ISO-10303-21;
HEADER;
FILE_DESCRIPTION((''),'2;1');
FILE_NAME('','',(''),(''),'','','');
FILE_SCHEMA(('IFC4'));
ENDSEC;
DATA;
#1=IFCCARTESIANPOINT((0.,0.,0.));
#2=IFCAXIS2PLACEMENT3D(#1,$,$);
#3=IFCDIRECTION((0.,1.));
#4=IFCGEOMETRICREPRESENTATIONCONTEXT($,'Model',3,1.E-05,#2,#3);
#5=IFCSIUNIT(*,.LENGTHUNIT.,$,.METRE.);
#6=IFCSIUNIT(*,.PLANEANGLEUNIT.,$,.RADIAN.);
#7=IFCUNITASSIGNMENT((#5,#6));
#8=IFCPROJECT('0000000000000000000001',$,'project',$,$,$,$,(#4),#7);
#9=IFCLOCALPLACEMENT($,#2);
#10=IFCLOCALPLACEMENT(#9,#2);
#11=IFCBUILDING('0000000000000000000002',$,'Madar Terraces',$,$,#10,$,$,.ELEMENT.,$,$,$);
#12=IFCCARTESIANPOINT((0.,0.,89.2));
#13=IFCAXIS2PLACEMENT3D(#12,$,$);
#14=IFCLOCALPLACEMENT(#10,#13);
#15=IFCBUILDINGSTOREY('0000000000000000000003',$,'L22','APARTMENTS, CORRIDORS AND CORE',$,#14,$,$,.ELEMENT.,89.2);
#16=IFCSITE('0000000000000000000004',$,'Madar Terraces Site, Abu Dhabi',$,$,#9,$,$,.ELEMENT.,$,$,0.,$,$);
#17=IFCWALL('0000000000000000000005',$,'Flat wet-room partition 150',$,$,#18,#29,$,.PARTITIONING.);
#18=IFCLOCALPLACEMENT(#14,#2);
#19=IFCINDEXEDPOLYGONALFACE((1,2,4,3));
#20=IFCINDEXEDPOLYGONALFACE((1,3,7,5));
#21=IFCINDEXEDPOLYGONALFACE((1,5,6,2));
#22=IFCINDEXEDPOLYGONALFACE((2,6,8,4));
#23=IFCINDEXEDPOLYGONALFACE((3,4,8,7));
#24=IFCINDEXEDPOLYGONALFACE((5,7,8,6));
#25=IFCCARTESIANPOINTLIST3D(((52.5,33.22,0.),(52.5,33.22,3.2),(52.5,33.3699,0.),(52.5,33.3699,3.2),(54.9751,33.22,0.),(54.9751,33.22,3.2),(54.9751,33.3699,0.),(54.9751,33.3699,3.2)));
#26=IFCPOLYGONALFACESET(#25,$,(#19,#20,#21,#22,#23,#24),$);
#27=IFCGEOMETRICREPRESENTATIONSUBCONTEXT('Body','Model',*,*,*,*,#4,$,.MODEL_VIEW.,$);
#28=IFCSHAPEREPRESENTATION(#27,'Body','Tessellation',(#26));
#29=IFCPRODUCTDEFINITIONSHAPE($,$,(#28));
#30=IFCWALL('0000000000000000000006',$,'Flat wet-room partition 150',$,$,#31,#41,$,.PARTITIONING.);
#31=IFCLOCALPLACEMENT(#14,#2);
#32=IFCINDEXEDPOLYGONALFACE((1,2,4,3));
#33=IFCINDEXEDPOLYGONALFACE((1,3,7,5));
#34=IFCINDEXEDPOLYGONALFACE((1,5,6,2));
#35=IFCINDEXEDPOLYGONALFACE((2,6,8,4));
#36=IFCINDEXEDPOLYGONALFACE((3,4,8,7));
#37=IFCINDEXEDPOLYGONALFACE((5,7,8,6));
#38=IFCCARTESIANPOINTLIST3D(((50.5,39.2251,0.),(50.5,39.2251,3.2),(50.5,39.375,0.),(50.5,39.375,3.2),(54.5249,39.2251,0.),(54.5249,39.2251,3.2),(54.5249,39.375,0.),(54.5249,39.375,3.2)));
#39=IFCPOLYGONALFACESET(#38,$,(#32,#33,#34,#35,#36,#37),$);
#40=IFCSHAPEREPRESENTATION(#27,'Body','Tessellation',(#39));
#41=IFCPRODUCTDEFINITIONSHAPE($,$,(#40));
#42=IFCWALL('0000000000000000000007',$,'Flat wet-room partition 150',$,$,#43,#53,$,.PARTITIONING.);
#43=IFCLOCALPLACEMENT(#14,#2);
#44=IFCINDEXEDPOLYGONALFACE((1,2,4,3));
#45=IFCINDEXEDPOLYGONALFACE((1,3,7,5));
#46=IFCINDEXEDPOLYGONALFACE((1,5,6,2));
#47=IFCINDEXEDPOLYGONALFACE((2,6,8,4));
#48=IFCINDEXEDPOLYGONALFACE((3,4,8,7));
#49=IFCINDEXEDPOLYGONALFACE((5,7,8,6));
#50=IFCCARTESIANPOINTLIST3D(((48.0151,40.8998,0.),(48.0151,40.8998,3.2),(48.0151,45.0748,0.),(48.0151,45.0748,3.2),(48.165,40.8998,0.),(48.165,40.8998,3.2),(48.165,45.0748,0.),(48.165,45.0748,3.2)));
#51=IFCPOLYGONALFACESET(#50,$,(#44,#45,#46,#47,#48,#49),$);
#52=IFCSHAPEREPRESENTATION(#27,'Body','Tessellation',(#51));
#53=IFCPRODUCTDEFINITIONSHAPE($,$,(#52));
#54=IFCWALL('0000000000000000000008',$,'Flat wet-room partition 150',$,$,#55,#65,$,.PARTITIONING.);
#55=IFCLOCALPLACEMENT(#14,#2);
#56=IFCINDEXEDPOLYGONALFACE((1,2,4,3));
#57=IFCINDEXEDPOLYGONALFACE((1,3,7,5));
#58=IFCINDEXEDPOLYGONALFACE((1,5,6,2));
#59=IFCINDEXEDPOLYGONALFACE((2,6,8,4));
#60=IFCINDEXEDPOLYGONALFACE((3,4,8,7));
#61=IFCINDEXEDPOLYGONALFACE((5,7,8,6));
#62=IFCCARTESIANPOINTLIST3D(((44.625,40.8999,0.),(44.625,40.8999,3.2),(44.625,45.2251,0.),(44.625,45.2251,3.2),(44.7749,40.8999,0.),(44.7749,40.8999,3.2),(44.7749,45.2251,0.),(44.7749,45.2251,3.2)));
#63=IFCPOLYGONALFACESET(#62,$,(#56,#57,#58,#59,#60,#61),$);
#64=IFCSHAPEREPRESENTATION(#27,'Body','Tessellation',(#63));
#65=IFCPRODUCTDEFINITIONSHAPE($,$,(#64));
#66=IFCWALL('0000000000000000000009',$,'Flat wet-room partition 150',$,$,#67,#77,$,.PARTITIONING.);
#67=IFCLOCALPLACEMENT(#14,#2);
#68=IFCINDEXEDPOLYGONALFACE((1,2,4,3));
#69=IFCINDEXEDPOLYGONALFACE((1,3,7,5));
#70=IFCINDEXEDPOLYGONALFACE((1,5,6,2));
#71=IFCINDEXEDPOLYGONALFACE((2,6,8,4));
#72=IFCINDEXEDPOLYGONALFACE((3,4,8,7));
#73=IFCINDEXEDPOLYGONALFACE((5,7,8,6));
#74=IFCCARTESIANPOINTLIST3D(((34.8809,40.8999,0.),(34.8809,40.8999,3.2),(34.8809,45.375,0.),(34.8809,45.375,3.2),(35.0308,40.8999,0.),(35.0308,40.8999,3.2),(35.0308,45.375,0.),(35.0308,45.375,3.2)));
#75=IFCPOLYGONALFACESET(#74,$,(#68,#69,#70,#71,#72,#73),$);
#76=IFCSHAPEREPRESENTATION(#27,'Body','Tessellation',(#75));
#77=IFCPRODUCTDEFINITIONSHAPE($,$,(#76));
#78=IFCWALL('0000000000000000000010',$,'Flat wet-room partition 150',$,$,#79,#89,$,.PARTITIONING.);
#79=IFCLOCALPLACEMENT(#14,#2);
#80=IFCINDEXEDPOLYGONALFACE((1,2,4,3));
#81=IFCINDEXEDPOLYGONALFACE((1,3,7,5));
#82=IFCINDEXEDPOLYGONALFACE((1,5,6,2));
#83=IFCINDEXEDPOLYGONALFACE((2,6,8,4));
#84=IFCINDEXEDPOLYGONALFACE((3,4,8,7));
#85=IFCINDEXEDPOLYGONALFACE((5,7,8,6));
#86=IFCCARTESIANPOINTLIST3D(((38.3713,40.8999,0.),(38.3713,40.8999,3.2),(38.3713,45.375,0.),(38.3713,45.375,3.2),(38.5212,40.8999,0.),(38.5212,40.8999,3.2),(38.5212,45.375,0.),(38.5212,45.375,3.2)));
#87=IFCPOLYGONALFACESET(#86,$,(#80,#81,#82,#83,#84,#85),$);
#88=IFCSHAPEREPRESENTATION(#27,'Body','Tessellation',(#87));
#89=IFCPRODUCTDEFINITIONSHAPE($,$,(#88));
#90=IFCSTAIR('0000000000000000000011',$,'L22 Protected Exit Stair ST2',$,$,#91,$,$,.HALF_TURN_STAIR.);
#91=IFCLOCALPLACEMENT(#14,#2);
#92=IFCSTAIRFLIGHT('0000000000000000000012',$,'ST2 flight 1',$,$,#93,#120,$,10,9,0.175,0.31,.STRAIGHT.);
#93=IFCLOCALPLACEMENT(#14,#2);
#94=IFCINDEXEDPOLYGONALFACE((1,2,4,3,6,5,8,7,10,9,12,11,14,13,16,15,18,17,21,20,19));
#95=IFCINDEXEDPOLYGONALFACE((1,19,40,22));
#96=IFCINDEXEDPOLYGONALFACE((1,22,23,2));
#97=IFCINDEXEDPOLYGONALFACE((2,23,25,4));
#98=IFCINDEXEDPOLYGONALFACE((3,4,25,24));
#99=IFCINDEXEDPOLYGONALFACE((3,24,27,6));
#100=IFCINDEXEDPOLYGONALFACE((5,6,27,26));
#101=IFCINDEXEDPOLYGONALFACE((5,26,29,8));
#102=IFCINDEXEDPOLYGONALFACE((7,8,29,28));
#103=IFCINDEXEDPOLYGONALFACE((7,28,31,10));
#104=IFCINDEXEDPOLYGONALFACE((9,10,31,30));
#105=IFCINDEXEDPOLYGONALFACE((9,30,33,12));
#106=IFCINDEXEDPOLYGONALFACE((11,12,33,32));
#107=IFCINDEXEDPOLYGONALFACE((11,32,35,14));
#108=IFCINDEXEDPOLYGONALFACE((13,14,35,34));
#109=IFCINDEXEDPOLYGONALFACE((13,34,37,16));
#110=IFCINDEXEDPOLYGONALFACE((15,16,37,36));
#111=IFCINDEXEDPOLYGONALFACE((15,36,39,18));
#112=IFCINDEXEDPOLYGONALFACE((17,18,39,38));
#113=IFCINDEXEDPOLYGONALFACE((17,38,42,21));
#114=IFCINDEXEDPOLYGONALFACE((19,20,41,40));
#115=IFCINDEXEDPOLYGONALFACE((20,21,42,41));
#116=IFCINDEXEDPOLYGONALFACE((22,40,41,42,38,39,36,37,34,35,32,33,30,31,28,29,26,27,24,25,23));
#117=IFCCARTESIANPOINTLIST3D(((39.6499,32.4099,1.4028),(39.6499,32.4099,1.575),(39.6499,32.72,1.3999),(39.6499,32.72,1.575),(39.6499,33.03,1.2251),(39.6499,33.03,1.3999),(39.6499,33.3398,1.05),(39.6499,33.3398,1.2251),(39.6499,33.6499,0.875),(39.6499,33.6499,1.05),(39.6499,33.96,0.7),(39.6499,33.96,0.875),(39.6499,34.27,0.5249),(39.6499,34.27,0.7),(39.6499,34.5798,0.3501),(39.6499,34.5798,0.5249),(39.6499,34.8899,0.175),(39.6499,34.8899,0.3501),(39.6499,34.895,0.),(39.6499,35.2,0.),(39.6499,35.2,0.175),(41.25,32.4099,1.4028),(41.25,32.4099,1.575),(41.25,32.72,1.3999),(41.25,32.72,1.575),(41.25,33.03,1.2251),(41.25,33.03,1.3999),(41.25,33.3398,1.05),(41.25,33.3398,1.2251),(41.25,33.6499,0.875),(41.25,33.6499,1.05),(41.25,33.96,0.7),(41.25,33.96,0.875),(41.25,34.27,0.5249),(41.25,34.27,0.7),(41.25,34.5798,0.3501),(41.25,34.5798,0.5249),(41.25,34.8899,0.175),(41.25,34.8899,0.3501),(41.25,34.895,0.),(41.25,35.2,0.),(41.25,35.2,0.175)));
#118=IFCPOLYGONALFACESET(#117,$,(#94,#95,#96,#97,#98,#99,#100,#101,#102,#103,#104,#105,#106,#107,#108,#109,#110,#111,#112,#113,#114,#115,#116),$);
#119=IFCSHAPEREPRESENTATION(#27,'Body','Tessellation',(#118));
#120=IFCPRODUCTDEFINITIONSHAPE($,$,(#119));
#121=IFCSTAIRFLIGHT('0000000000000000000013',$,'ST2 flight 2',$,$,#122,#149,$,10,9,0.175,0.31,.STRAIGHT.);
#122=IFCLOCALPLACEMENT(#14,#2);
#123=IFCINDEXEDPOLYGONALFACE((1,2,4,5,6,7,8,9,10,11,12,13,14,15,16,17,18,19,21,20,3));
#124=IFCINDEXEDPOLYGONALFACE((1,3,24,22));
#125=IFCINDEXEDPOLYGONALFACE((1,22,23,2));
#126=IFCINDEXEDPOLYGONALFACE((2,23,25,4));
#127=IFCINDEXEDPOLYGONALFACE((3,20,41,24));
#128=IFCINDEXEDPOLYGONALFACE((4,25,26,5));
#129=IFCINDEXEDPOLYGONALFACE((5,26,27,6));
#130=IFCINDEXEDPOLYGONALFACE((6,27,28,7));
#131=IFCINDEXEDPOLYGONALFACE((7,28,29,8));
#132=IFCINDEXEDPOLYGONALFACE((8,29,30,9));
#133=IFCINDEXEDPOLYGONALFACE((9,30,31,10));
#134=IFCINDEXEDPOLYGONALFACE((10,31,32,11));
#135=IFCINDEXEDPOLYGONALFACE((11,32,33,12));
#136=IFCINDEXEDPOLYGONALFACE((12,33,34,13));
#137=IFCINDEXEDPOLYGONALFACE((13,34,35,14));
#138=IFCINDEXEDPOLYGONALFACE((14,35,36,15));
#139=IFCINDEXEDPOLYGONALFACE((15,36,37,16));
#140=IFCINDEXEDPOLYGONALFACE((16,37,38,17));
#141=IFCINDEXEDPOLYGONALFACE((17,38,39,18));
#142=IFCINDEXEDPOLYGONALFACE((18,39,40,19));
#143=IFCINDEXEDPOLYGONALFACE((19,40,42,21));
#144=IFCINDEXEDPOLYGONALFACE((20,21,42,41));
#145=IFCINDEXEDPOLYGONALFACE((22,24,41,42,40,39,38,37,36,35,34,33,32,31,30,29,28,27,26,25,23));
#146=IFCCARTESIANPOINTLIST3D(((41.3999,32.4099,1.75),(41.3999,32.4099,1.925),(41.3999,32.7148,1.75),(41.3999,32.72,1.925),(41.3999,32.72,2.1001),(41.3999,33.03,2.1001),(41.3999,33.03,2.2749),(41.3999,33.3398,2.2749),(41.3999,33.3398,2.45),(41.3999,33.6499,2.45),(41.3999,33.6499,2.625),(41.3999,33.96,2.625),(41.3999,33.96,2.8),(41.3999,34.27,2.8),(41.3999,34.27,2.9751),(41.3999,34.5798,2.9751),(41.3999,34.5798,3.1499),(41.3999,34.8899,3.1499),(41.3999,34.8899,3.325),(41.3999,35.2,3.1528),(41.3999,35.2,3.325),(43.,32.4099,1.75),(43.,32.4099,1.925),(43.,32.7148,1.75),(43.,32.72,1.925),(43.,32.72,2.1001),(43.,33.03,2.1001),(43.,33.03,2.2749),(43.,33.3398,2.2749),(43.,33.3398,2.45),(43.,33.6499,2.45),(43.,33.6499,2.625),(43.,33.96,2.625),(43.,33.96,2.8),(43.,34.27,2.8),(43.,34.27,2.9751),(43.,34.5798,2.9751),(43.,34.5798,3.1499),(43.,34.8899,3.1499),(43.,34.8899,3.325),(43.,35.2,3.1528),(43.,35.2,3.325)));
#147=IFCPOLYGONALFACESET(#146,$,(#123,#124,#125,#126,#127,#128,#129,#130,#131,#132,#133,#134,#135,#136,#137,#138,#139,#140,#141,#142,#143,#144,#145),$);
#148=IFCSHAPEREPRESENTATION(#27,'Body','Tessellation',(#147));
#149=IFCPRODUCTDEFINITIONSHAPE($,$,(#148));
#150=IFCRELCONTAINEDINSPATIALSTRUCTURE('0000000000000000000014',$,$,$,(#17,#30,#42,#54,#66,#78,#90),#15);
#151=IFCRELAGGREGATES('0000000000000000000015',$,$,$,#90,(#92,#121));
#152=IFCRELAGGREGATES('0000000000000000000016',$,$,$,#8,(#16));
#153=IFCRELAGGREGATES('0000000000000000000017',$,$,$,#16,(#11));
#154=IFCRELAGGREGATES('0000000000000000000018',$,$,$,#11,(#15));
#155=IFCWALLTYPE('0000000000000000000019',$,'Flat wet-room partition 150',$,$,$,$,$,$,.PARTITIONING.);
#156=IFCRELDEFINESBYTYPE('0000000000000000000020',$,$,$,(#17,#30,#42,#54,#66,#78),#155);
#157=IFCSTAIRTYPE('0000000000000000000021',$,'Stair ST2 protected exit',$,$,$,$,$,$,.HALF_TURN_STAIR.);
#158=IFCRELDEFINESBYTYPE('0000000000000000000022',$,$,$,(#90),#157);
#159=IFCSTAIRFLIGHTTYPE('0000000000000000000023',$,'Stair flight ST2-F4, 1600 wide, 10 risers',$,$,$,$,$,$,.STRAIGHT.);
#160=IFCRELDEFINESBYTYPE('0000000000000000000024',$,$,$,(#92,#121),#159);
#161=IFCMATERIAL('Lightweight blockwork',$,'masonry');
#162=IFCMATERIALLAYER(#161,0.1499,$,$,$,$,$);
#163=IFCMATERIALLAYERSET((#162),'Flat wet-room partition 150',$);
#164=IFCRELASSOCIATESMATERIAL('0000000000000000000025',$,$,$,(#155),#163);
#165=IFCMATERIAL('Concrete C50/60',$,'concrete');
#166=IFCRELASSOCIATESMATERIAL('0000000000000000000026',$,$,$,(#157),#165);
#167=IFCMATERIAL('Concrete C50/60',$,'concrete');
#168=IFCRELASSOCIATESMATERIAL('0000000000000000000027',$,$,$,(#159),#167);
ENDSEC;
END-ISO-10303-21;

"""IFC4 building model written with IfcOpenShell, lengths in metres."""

from ifc_helpers import new_model, si_unit, direction, frame, frame_2d, origin, place, context, subcontext, project, spatial, polyline, rectangle, outline, extrude, material, layer, layer_set, type_object, element, aggregate, save


model = new_model("IFC4")

# Units and contexts
model_context = context("Model", 3, precision=1e-05, world=origin(), true_north=direction((0.0, 1.0)))
body_context = subcontext(model_context, "Body", "Model", "MODEL_VIEW")
ifc_project = project(units=[si_unit("LENGTHUNIT", "METRE"), si_unit("PLANEANGLEUNIT", "RADIAN")], contexts=[model_context])

# Site, building, storey
site_placement = place(None, origin())
site = spatial("IfcSite", under=ifc_project, at=site_placement, Name="Madar Terraces Site, Abu Dhabi", CompositionType="ELEMENT", RefElevation=0.0)
building_placement = place(site_placement, origin())
building = spatial("IfcBuilding", under=site, at=building_placement, Name="Madar Terraces", CompositionType="ELEMENT")
storey_placement = place(building_placement, frame((0.0, 0.0, 89.2)))
storey = spatial("IfcBuildingStorey", under=building, at=storey_placement, Name="L22", Description="APARTMENTS, CORRIDORS AND CORE", CompositionType="ELEMENT", Elevation=89.2)

# Walls
ifc_material_1 = material(Name="Lightweight blockwork", Category="masonry")
ifc_layer_1 = layer(ifc_material_1, 0.1499)
ifc_layer_set_1 = layer_set([ifc_layer_1], Name="Flat wet-room partition 150")
wall_type_1 = type_object("IfcWallType", Name="Flat wet-room partition 150", PredefinedType="PARTITIONING", material=ifc_layer_set_1)
wall_1_placement = place(storey_placement, frame((52.5, 33.2949, 0.0), z_axis=(0.0, 0.0, 1.0), x_axis=(1.0, 0.0, 0.0)))
element("IfcWall", 1, at=wall_1_placement, inside=storey, type_object=wall_type_1, Name="Flat wet-room partition 150", PredefinedType="PARTITIONING", context=body_context, shape_type="SweptSolid", body=[
    extrude(rectangle(XDim=2.4751, YDim=0.1499, at=frame_2d((1.2375, 0.0))), origin(), (0.0, 0.0, 1.0), 3.2),
])
wall_2_placement = place(storey_placement, frame((50.5, 39.3, 0.0), z_axis=(0.0, 0.0, 1.0), x_axis=(1.0, 0.0, 0.0)))
element("IfcWall", 2, at=wall_2_placement, inside=storey, type_object=wall_type_1, Name="Flat wet-room partition 150", PredefinedType="PARTITIONING", context=body_context, shape_type="SweptSolid", body=[
    extrude(rectangle(XDim=4.0249, YDim=0.1499, at=frame_2d((2.0125, 0.0))), origin(), (0.0, 0.0, 1.0), 3.2),
])
wall_3_placement = place(storey_placement, frame((48.0901, 40.8999, 0.0), z_axis=(0.0, 0.0, 1.0), x_axis=(0.0, 1.0, 0.0)))
element("IfcWall", 3, at=wall_3_placement, inside=storey, type_object=wall_type_1, Name="Flat wet-room partition 150", PredefinedType="PARTITIONING", context=body_context, shape_type="SweptSolid", body=[
    extrude(rectangle(XDim=4.175, YDim=0.1499, at=frame_2d((2.0874, 0.0))), origin(), (0.0, 0.0, 1.0), 3.2),
])
wall_4_placement = place(storey_placement, frame((44.7, 40.8999, 0.0), z_axis=(0.0, 0.0, 1.0), x_axis=(0.0, 1.0, 0.0)))
element("IfcWall", 4, at=wall_4_placement, inside=storey, type_object=wall_type_1, Name="Flat wet-room partition 150", PredefinedType="PARTITIONING", context=body_context, shape_type="SweptSolid", body=[
    extrude(rectangle(XDim=4.3252, YDim=0.1499, at=frame_2d((2.1626, 0.0))), origin(), (0.0, 0.0, 1.0), 3.2),
])
for number, where, z_axis, x_axis, name in (
    (5, (34.9558, 40.8999, 0.0), (0.0, 0.0, 1.0), (0.0, 1.0, 0.0), "Flat wet-room partition 150"),
    (6, (38.4463, 40.8999, 0.0), (0.0, 0.0, 1.0), (0.0, 1.0, 0.0), "Flat wet-room partition 150"),
):
    element("IfcWall", number, at=place(storey_placement, frame(where, z_axis=z_axis, x_axis=x_axis)), inside=storey, type_object=wall_type_1, Name=name, PredefinedType="PARTITIONING", context=body_context, shape_type="SweptSolid", body=[
        extrude(rectangle(XDim=4.4751, YDim=0.1499, at=frame_2d((2.2375, 0.0))), origin(), (0.0, 0.0, 1.0), 3.2),
    ])

# Stair, stair flights
ifc_material_2 = material(Name="Concrete C50/60", Category="concrete")
stair_type = type_object("IfcStairType", Name="Stair ST2 protected exit", PredefinedType="HALF_TURN_STAIR", material=ifc_material_2)
stair_placement = place(storey_placement, origin())
stair = element("IfcStair", 7, at=stair_placement, inside=storey, type_object=stair_type, Name="L22 Protected Exit Stair ST2", PredefinedType="HALF_TURN_STAIR")
ifc_material_3 = material(Name="Concrete C50/60", Category="concrete")
stair_flight_type = type_object("IfcStairFlightType", Name="Stair flight ST2-F4, 1600 wide, 10 risers", PredefinedType="STRAIGHT", material=ifc_material_3)
stair_flight_1_placement = place(storey_placement, frame((40.45, 35.2, 0.0), z_axis=(0.0, 0.0, 1.0), x_axis=(0.0, -1.0, 0.0)))
stair_flight_1 = element("IfcStairFlight", 8, at=stair_flight_1_placement, type_object=stair_flight_type, Name="ST2 flight 1", NumberOfRisers=10, NumberOfTreads=9, PredefinedType="STRAIGHT", RiserHeight=0.175, TreadLength=0.31, context=body_context, shape_type="SweptSolid", body=[
    extrude(outline(polyline([(0.0, 0.0), (0.0, 0.175), (0.3101, 0.175), (0.3101, 0.3501), (0.6201, 0.3501), (0.6201, 0.5249), (0.9299, 0.5249), (0.9299, 0.7), (1.24, 0.7), (1.24, 0.875), (1.55, 0.875), (1.55, 1.05), (1.8601, 1.05), (1.8601, 1.2251), (2.1699, 1.2251), (2.1699, 1.3999), (2.48, 1.3999), (2.48, 1.575), (2.79, 1.575), (2.79, 1.75), (2.79, 1.4028), (0.3049, 0.0), (0.0, 0.0)])), frame((0.0, 0.8, 0.0), z_axis=(0.0, -1.0, 0.0), x_axis=(1.0, 0.0, 0.0)), (0.0, 0.0, 1.0), 1.6001),
])
stair_flight_2_placement = place(storey_placement, frame((42.2, 32.4099, 1.75), z_axis=(0.0, 0.0, 1.0), x_axis=(0.0, 1.0, 0.0)))
stair_flight_2 = element("IfcStairFlight", 9, at=stair_flight_2_placement, type_object=stair_flight_type, Name="ST2 flight 2", NumberOfRisers=10, NumberOfTreads=9, PredefinedType="STRAIGHT", RiserHeight=0.175, TreadLength=0.31, context=body_context, shape_type="SweptSolid", body=[
    extrude(outline(polyline([(0.0, 0.0), (0.0, 0.175), (0.3101, 0.175), (0.3101, 0.3501), (0.6201, 0.3501), (0.6201, 0.5249), (0.9299, 0.5249), (0.9299, 0.7), (1.24, 0.7), (1.24, 0.875), (1.55, 0.875), (1.55, 1.05), (1.8601, 1.05), (1.8601, 1.2251), (2.1699, 1.2251), (2.1699, 1.3999), (2.48, 1.3999), (2.48, 1.575), (2.79, 1.575), (2.79, 1.75), (2.79, 1.4028), (0.3049, 0.0), (0.0, 0.0)])), frame((0.0, 0.8, 0.0), z_axis=(0.0, -1.0, 0.0), x_axis=(1.0, 0.0, 0.0)), (0.0, 0.0, 1.0), 1.6001),
])
aggregate(stair, [stair_flight_1, stair_flight_2])

save(model, "model.ifc")
